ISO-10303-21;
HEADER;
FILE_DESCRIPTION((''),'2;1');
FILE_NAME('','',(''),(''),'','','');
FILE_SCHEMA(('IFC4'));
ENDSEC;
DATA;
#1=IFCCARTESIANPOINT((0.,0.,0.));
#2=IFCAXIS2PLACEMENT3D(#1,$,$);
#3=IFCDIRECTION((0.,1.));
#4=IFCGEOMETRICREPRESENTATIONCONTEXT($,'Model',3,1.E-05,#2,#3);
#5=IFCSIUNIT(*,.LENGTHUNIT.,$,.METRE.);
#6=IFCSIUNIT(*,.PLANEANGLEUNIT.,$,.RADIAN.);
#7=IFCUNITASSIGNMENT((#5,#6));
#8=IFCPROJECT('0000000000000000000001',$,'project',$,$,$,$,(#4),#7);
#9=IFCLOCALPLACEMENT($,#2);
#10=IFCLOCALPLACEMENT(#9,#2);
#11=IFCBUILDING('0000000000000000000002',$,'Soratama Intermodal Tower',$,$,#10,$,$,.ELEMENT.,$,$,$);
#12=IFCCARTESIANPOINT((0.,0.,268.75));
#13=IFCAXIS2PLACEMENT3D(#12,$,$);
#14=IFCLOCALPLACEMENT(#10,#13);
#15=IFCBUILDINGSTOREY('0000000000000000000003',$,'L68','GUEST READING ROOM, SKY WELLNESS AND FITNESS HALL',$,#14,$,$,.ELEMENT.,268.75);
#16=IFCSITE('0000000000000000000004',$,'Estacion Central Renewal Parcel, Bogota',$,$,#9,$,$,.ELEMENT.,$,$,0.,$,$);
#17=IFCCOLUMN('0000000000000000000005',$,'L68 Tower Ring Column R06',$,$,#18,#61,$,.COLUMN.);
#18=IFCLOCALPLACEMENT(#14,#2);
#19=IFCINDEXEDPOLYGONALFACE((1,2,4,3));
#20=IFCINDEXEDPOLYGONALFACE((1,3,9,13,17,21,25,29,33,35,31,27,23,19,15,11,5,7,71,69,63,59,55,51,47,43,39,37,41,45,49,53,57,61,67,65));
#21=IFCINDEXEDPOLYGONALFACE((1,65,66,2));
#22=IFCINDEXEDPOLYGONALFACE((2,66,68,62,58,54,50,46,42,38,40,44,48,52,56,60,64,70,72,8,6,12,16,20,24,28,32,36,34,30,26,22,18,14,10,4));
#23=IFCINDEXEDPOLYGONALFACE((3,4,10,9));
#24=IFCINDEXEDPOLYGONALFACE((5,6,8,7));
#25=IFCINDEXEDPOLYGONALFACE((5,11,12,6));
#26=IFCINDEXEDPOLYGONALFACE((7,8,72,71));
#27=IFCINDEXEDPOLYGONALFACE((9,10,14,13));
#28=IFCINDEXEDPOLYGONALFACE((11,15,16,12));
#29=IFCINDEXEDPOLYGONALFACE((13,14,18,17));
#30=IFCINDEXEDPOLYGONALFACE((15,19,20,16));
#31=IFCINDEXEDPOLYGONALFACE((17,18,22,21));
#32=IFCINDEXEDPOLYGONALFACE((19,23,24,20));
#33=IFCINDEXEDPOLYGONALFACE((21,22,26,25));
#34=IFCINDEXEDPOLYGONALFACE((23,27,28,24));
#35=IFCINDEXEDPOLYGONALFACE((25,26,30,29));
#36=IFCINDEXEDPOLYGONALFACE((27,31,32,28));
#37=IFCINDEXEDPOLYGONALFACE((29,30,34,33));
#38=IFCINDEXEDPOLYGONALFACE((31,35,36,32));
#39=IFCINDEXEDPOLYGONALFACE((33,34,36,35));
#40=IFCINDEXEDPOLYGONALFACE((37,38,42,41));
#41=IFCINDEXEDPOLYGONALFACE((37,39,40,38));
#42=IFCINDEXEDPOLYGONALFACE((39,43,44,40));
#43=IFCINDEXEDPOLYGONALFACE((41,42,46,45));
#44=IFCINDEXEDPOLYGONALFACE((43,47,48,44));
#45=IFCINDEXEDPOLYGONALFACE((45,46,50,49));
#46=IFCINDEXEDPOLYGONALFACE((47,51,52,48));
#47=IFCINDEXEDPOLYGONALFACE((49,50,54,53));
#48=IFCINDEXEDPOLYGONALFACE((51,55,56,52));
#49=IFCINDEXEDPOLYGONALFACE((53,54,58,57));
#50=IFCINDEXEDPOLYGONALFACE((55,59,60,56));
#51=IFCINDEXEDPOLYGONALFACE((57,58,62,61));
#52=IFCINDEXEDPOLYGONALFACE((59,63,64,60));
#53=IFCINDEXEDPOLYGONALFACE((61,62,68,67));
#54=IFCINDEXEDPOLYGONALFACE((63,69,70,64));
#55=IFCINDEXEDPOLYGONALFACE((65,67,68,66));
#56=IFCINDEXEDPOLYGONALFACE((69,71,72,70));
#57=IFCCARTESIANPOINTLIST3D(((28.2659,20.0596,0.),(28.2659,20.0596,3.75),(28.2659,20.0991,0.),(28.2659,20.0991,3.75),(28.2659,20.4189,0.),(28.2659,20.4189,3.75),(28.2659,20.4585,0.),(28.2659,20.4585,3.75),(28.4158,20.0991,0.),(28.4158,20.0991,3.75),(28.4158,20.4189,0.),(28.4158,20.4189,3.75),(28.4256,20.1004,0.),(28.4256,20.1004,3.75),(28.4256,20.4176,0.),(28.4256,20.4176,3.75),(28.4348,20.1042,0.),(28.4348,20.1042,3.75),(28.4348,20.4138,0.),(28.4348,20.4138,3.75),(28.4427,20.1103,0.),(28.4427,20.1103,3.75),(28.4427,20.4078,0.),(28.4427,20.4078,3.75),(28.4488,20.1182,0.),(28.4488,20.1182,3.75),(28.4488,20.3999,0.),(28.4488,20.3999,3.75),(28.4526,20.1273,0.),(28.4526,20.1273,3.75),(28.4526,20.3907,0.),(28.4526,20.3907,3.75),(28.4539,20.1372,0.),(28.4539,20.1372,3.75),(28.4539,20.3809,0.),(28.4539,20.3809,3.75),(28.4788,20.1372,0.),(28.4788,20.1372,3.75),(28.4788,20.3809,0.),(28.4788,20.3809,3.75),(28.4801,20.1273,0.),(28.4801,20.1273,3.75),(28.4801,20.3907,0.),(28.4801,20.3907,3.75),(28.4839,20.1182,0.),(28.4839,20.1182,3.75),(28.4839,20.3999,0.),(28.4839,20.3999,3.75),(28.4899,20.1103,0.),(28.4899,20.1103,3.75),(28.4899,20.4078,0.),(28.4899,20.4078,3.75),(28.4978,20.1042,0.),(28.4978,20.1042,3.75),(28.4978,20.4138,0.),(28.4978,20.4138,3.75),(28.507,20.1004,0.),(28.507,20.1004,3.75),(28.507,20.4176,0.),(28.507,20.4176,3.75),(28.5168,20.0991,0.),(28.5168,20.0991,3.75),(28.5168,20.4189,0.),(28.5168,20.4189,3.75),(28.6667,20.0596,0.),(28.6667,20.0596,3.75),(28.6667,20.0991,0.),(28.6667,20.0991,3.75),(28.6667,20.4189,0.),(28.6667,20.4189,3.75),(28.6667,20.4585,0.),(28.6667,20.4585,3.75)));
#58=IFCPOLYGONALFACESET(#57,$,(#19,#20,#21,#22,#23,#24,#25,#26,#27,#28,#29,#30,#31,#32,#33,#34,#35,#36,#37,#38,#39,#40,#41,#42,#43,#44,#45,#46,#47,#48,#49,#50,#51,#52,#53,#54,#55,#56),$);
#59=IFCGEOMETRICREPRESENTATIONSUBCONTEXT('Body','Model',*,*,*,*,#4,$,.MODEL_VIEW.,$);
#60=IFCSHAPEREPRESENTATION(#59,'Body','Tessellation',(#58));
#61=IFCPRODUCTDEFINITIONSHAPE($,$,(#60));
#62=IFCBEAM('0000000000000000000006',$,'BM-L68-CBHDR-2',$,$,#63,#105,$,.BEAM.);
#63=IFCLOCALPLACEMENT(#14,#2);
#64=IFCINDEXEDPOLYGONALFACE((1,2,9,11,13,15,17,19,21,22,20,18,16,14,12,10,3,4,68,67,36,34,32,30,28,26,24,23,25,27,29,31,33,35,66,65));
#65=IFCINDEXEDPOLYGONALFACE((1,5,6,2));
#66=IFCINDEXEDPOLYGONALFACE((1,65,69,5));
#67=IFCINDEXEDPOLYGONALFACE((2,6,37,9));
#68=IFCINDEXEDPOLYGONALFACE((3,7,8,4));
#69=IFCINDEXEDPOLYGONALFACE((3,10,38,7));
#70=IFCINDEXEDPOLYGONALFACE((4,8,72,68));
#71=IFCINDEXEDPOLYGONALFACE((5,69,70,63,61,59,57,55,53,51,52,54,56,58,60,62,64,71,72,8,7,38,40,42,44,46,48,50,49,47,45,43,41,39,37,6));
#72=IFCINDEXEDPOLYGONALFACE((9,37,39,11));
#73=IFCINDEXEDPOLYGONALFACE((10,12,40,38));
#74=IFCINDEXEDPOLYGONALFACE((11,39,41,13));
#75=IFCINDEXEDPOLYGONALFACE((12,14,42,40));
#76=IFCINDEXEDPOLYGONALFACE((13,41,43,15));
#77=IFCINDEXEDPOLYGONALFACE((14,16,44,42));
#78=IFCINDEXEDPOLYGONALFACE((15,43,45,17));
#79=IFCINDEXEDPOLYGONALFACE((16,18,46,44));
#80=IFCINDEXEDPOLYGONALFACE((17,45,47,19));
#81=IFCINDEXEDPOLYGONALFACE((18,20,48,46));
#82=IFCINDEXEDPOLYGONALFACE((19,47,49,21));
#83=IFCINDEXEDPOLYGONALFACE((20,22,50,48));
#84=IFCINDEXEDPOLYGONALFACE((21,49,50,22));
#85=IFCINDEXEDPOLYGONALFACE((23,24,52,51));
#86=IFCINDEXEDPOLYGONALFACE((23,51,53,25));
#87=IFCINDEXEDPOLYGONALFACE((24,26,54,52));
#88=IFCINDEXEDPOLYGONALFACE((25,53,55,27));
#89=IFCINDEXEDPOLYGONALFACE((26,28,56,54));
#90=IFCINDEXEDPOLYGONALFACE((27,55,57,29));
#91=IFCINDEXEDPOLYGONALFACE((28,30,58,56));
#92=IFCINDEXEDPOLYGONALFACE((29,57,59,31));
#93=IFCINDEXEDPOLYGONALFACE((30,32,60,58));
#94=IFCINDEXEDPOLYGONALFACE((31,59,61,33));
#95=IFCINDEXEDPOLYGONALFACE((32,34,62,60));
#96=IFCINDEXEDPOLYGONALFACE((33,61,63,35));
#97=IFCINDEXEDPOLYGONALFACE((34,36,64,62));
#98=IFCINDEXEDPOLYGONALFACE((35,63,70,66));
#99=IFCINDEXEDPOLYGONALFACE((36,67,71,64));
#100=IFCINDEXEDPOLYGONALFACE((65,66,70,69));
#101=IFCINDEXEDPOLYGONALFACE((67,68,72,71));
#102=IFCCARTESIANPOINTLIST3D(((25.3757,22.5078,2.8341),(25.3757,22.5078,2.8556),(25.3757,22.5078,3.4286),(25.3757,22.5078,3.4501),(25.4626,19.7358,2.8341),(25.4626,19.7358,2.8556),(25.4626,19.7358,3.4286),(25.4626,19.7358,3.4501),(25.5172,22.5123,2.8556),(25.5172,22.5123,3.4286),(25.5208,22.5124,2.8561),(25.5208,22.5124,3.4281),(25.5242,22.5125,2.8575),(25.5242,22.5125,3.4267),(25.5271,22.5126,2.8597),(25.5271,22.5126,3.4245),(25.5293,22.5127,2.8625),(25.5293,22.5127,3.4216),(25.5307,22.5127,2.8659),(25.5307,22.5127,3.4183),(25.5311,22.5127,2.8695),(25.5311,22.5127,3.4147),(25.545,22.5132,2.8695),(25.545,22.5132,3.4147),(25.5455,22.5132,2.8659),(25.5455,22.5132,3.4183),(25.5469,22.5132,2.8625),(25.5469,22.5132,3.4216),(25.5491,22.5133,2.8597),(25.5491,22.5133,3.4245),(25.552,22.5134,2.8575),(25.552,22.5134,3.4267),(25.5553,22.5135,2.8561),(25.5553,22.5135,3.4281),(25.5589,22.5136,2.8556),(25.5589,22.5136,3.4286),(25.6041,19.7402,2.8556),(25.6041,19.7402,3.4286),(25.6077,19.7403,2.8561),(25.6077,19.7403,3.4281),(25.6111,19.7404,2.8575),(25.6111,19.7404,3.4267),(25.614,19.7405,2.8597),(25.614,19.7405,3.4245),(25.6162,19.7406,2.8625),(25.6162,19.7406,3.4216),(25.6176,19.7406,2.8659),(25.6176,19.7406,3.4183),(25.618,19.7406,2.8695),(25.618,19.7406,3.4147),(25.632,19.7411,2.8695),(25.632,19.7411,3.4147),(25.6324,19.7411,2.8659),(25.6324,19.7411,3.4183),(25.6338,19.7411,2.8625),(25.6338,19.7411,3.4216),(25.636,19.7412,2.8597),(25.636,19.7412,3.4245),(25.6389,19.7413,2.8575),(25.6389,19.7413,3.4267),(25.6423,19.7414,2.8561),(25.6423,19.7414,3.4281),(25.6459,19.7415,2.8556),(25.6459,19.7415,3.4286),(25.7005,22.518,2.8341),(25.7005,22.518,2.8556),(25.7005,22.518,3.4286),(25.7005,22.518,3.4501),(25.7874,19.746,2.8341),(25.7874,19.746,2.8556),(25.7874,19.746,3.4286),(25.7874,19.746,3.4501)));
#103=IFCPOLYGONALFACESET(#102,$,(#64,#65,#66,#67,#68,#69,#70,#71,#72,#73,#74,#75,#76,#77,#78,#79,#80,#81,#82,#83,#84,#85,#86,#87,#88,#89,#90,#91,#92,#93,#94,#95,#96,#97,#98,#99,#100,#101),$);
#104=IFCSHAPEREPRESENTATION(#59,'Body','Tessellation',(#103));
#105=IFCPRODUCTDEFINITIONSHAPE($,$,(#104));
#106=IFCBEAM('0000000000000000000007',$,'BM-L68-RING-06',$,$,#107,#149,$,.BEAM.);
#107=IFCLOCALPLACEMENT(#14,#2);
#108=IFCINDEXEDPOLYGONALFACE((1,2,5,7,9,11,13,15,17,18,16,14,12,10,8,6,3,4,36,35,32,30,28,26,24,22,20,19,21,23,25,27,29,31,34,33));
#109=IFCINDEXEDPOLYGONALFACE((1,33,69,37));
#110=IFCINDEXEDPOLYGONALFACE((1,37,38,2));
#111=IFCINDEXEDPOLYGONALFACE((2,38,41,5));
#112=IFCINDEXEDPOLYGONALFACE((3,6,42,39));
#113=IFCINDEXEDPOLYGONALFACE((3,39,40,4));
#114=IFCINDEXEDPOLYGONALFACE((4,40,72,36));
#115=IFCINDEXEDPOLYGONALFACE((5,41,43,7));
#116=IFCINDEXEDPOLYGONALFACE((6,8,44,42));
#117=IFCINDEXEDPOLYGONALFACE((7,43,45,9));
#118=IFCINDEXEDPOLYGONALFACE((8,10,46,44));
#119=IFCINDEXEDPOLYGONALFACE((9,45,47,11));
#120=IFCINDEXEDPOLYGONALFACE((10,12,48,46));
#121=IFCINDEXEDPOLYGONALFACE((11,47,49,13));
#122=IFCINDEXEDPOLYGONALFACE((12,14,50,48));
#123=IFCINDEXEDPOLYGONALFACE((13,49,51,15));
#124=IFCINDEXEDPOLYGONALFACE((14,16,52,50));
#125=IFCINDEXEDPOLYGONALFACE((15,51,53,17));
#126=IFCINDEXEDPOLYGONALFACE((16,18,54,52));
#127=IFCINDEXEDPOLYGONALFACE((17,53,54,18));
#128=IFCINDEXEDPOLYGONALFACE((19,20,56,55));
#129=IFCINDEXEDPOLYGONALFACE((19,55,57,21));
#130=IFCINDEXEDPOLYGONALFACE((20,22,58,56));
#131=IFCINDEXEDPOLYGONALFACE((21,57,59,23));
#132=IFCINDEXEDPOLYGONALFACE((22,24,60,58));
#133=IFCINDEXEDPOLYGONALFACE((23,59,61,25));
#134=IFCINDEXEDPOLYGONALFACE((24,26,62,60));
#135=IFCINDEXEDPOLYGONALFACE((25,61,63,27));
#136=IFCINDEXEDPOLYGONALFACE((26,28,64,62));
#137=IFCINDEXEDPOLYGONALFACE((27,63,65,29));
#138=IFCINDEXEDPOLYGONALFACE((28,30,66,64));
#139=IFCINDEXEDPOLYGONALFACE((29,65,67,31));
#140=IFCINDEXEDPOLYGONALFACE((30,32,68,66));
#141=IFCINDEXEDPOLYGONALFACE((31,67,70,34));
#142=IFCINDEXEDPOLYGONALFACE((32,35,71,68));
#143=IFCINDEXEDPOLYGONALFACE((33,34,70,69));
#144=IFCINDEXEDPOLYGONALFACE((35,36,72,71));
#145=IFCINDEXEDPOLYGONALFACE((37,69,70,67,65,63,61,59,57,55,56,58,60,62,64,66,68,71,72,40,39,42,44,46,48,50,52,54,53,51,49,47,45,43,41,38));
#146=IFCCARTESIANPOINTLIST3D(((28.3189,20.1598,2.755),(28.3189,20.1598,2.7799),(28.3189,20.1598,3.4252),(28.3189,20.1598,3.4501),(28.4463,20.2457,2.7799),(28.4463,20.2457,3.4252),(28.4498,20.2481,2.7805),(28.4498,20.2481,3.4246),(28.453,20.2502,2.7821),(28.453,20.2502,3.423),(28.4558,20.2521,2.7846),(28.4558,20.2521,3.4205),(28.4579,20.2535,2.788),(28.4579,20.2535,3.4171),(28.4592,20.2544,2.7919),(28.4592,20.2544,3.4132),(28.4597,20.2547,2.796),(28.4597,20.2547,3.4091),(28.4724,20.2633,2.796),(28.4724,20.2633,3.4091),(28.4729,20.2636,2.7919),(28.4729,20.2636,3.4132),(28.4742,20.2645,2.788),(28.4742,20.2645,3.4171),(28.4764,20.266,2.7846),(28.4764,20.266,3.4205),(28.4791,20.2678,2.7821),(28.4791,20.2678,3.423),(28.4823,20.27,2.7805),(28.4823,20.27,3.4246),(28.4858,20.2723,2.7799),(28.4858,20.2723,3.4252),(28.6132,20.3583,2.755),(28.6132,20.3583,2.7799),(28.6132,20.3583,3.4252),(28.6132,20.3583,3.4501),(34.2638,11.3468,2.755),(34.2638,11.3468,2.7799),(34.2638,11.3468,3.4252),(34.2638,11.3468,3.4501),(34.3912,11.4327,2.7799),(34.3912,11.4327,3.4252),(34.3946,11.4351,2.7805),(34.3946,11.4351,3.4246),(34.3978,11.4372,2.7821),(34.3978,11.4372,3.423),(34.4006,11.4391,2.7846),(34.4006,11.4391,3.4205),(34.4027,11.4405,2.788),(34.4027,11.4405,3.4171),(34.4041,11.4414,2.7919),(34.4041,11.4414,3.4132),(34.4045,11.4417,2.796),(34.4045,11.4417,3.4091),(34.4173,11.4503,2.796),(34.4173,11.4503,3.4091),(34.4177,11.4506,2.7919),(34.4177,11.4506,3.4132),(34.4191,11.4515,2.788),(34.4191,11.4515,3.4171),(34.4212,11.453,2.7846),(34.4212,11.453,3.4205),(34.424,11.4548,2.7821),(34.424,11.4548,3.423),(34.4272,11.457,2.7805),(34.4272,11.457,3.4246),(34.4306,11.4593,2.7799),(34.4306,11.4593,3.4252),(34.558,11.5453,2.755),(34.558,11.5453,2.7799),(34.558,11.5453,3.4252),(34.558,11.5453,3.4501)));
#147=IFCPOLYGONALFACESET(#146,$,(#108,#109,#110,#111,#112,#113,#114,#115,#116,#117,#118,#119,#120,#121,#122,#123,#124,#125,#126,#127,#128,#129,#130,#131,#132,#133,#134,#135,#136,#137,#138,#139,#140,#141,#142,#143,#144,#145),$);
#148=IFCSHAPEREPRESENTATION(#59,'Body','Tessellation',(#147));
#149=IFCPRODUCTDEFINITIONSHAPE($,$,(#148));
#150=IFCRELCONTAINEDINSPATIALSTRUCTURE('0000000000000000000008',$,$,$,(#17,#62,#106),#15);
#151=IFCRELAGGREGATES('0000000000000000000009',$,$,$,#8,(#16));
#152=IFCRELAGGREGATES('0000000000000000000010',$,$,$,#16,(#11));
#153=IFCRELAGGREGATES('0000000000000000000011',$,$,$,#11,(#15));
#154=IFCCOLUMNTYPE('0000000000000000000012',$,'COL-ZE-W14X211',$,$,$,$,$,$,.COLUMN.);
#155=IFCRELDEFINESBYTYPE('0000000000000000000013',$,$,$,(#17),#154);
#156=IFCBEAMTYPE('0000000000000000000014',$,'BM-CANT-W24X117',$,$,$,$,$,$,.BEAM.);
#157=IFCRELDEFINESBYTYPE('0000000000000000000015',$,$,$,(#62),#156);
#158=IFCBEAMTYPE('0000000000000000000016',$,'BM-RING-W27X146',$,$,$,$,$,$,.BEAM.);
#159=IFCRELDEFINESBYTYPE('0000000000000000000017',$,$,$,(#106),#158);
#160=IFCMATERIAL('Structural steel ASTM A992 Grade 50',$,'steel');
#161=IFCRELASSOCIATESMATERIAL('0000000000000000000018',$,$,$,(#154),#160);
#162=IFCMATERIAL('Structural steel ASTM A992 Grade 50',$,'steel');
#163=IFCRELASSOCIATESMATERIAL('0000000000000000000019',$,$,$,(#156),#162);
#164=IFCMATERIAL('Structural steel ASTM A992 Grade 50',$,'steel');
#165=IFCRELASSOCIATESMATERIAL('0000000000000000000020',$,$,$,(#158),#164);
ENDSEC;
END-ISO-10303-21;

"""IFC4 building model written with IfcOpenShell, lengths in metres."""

from ifc_helpers import new_model, si_unit, direction, frame, origin, origin_2d, place, context, subcontext, project, spatial, i_section, extrude, material, material_profile, profile_set, type_object, element, save


model = new_model("IFC4")

# Units and contexts
model_context = context("Model", 3, precision=1e-05, world=origin(), true_north=direction((0.0, 1.0)))
body_context = subcontext(model_context, "Body", "Model", "MODEL_VIEW")
ifc_project = project(units=[si_unit("LENGTHUNIT", "METRE"), si_unit("PLANEANGLEUNIT", "RADIAN")], contexts=[model_context])

# Site, building, storey
site_placement = place(None, origin())
site = spatial("IfcSite", under=ifc_project, at=site_placement, Name="Estacion Central Renewal Parcel, Bogota", CompositionType="ELEMENT", RefElevation=0.0)
building_placement = place(site_placement, origin())
building = spatial("IfcBuilding", under=site, at=building_placement, Name="Soratama Intermodal Tower", CompositionType="ELEMENT")
storey_placement = place(building_placement, frame((0.0, 0.0, 268.75)))
storey = spatial("IfcBuildingStorey", under=building, at=storey_placement, Name="L68", Description="GUEST READING ROOM, SKY WELLNESS AND FITNESS HALL", CompositionType="ELEMENT", Elevation=268.75)

# Column
ifc_material_1 = material(Name="Structural steel ASTM A992 Grade 50", Category="steel")
ifc_material_profile_1 = material_profile(ifc_material_1, i_section(OverallWidth=0.4009, OverallDepth=0.3989, WebThickness=0.0249, FlangeThickness=0.0396, FilletRadius=0.0381, at=origin_2d()), Name="W14X211")
ifc_profile_set_1 = profile_set([ifc_material_profile_1], Name="Structural steel ASTM A992 Grade 50")
column_type = type_object("IfcColumnType", Name="COL-ZE-W14X211", PredefinedType="COLUMN", material=ifc_profile_set_1)
column_placement = place(storey_placement, frame((28.4663, 20.259, 0.0), z_axis=(0.0, 0.0, 1.0), x_axis=(1.0, 0.0, 0.0)))
element("IfcColumn", 1, at=column_placement, inside=storey, type_object=column_type, Name="L68 Tower Ring Column R06", PredefinedType="COLUMN", context=body_context, shape_type="SweptSolid", body=[
    extrude(i_section(OverallWidth=0.4009, OverallDepth=0.3989, WebThickness=0.0249, FlangeThickness=0.0396, FilletRadius=0.0381, at=origin_2d()), origin(), (0.0, 0.0, 1.0), 3.75),
])

# Beams
ifc_material_2 = material(Name="Structural steel ASTM A992 Grade 50", Category="steel")
ifc_material_profile_2 = material_profile(ifc_material_2, i_section(OverallWidth=0.325, OverallDepth=0.616, WebThickness=0.0139, FlangeThickness=0.0215, FilletRadius=0.0139, at=origin_2d()), Name="W24X117")
ifc_profile_set_2 = profile_set([ifc_material_profile_2], Name="Structural steel ASTM A992 Grade 50")
beam_type_1 = type_object("IfcBeamType", Name="BM-CANT-W24X117", PredefinedType="BEAM", material=ifc_profile_set_2)
beam_1_placement = place(storey_placement, frame((25.5381, 22.5129, 3.1421), z_axis=(0.031339, -0.999509, 0.0), x_axis=(0.999509, 0.031339, 0.0)))
element("IfcBeam", 2, at=beam_1_placement, inside=storey, type_object=beam_type_1, Name="BM-L68-CBHDR-2", PredefinedType="BEAM", context=body_context, shape_type="SweptSolid", body=[
    extrude(i_section(OverallWidth=0.325, OverallDepth=0.616, WebThickness=0.0139, FlangeThickness=0.0215, FilletRadius=0.0139, at=origin_2d()), origin(), (0.0, 0.0, 1.0), 2.7734),
])
ifc_material_3 = material(Name="Structural steel ASTM A992 Grade 50", Category="steel")
ifc_material_profile_3 = material_profile(ifc_material_3, i_section(OverallWidth=0.355, OverallDepth=0.6951, WebThickness=0.0154, FlangeThickness=0.0249, FilletRadius=0.0161, at=origin_2d()), Name="W27X146")
ifc_profile_set_3 = profile_set([ifc_material_profile_3], Name="Structural steel ASTM A992 Grade 50")
beam_type_2 = type_object("IfcBeamType", Name="BM-RING-W27X146", PredefinedType="BEAM", material=ifc_profile_set_3)
beam_2_placement = place(storey_placement, frame((28.4661, 20.259, 3.1025), z_axis=(0.559218, -0.829021, 0.0), x_axis=(0.829021, 0.559218, 0.0)))
element("IfcBeam", 3, at=beam_2_placement, inside=storey, type_object=beam_type_2, Name="BM-L68-RING-06", PredefinedType="BEAM", context=body_context, shape_type="SweptSolid", body=[
    extrude(i_section(OverallWidth=0.355, OverallDepth=0.6951, WebThickness=0.0154, FlangeThickness=0.0249, FilletRadius=0.0161, at=origin_2d()), origin(), (0.0, 0.0, 1.0), 10.6306),
])

save(model, "model.ifc")
